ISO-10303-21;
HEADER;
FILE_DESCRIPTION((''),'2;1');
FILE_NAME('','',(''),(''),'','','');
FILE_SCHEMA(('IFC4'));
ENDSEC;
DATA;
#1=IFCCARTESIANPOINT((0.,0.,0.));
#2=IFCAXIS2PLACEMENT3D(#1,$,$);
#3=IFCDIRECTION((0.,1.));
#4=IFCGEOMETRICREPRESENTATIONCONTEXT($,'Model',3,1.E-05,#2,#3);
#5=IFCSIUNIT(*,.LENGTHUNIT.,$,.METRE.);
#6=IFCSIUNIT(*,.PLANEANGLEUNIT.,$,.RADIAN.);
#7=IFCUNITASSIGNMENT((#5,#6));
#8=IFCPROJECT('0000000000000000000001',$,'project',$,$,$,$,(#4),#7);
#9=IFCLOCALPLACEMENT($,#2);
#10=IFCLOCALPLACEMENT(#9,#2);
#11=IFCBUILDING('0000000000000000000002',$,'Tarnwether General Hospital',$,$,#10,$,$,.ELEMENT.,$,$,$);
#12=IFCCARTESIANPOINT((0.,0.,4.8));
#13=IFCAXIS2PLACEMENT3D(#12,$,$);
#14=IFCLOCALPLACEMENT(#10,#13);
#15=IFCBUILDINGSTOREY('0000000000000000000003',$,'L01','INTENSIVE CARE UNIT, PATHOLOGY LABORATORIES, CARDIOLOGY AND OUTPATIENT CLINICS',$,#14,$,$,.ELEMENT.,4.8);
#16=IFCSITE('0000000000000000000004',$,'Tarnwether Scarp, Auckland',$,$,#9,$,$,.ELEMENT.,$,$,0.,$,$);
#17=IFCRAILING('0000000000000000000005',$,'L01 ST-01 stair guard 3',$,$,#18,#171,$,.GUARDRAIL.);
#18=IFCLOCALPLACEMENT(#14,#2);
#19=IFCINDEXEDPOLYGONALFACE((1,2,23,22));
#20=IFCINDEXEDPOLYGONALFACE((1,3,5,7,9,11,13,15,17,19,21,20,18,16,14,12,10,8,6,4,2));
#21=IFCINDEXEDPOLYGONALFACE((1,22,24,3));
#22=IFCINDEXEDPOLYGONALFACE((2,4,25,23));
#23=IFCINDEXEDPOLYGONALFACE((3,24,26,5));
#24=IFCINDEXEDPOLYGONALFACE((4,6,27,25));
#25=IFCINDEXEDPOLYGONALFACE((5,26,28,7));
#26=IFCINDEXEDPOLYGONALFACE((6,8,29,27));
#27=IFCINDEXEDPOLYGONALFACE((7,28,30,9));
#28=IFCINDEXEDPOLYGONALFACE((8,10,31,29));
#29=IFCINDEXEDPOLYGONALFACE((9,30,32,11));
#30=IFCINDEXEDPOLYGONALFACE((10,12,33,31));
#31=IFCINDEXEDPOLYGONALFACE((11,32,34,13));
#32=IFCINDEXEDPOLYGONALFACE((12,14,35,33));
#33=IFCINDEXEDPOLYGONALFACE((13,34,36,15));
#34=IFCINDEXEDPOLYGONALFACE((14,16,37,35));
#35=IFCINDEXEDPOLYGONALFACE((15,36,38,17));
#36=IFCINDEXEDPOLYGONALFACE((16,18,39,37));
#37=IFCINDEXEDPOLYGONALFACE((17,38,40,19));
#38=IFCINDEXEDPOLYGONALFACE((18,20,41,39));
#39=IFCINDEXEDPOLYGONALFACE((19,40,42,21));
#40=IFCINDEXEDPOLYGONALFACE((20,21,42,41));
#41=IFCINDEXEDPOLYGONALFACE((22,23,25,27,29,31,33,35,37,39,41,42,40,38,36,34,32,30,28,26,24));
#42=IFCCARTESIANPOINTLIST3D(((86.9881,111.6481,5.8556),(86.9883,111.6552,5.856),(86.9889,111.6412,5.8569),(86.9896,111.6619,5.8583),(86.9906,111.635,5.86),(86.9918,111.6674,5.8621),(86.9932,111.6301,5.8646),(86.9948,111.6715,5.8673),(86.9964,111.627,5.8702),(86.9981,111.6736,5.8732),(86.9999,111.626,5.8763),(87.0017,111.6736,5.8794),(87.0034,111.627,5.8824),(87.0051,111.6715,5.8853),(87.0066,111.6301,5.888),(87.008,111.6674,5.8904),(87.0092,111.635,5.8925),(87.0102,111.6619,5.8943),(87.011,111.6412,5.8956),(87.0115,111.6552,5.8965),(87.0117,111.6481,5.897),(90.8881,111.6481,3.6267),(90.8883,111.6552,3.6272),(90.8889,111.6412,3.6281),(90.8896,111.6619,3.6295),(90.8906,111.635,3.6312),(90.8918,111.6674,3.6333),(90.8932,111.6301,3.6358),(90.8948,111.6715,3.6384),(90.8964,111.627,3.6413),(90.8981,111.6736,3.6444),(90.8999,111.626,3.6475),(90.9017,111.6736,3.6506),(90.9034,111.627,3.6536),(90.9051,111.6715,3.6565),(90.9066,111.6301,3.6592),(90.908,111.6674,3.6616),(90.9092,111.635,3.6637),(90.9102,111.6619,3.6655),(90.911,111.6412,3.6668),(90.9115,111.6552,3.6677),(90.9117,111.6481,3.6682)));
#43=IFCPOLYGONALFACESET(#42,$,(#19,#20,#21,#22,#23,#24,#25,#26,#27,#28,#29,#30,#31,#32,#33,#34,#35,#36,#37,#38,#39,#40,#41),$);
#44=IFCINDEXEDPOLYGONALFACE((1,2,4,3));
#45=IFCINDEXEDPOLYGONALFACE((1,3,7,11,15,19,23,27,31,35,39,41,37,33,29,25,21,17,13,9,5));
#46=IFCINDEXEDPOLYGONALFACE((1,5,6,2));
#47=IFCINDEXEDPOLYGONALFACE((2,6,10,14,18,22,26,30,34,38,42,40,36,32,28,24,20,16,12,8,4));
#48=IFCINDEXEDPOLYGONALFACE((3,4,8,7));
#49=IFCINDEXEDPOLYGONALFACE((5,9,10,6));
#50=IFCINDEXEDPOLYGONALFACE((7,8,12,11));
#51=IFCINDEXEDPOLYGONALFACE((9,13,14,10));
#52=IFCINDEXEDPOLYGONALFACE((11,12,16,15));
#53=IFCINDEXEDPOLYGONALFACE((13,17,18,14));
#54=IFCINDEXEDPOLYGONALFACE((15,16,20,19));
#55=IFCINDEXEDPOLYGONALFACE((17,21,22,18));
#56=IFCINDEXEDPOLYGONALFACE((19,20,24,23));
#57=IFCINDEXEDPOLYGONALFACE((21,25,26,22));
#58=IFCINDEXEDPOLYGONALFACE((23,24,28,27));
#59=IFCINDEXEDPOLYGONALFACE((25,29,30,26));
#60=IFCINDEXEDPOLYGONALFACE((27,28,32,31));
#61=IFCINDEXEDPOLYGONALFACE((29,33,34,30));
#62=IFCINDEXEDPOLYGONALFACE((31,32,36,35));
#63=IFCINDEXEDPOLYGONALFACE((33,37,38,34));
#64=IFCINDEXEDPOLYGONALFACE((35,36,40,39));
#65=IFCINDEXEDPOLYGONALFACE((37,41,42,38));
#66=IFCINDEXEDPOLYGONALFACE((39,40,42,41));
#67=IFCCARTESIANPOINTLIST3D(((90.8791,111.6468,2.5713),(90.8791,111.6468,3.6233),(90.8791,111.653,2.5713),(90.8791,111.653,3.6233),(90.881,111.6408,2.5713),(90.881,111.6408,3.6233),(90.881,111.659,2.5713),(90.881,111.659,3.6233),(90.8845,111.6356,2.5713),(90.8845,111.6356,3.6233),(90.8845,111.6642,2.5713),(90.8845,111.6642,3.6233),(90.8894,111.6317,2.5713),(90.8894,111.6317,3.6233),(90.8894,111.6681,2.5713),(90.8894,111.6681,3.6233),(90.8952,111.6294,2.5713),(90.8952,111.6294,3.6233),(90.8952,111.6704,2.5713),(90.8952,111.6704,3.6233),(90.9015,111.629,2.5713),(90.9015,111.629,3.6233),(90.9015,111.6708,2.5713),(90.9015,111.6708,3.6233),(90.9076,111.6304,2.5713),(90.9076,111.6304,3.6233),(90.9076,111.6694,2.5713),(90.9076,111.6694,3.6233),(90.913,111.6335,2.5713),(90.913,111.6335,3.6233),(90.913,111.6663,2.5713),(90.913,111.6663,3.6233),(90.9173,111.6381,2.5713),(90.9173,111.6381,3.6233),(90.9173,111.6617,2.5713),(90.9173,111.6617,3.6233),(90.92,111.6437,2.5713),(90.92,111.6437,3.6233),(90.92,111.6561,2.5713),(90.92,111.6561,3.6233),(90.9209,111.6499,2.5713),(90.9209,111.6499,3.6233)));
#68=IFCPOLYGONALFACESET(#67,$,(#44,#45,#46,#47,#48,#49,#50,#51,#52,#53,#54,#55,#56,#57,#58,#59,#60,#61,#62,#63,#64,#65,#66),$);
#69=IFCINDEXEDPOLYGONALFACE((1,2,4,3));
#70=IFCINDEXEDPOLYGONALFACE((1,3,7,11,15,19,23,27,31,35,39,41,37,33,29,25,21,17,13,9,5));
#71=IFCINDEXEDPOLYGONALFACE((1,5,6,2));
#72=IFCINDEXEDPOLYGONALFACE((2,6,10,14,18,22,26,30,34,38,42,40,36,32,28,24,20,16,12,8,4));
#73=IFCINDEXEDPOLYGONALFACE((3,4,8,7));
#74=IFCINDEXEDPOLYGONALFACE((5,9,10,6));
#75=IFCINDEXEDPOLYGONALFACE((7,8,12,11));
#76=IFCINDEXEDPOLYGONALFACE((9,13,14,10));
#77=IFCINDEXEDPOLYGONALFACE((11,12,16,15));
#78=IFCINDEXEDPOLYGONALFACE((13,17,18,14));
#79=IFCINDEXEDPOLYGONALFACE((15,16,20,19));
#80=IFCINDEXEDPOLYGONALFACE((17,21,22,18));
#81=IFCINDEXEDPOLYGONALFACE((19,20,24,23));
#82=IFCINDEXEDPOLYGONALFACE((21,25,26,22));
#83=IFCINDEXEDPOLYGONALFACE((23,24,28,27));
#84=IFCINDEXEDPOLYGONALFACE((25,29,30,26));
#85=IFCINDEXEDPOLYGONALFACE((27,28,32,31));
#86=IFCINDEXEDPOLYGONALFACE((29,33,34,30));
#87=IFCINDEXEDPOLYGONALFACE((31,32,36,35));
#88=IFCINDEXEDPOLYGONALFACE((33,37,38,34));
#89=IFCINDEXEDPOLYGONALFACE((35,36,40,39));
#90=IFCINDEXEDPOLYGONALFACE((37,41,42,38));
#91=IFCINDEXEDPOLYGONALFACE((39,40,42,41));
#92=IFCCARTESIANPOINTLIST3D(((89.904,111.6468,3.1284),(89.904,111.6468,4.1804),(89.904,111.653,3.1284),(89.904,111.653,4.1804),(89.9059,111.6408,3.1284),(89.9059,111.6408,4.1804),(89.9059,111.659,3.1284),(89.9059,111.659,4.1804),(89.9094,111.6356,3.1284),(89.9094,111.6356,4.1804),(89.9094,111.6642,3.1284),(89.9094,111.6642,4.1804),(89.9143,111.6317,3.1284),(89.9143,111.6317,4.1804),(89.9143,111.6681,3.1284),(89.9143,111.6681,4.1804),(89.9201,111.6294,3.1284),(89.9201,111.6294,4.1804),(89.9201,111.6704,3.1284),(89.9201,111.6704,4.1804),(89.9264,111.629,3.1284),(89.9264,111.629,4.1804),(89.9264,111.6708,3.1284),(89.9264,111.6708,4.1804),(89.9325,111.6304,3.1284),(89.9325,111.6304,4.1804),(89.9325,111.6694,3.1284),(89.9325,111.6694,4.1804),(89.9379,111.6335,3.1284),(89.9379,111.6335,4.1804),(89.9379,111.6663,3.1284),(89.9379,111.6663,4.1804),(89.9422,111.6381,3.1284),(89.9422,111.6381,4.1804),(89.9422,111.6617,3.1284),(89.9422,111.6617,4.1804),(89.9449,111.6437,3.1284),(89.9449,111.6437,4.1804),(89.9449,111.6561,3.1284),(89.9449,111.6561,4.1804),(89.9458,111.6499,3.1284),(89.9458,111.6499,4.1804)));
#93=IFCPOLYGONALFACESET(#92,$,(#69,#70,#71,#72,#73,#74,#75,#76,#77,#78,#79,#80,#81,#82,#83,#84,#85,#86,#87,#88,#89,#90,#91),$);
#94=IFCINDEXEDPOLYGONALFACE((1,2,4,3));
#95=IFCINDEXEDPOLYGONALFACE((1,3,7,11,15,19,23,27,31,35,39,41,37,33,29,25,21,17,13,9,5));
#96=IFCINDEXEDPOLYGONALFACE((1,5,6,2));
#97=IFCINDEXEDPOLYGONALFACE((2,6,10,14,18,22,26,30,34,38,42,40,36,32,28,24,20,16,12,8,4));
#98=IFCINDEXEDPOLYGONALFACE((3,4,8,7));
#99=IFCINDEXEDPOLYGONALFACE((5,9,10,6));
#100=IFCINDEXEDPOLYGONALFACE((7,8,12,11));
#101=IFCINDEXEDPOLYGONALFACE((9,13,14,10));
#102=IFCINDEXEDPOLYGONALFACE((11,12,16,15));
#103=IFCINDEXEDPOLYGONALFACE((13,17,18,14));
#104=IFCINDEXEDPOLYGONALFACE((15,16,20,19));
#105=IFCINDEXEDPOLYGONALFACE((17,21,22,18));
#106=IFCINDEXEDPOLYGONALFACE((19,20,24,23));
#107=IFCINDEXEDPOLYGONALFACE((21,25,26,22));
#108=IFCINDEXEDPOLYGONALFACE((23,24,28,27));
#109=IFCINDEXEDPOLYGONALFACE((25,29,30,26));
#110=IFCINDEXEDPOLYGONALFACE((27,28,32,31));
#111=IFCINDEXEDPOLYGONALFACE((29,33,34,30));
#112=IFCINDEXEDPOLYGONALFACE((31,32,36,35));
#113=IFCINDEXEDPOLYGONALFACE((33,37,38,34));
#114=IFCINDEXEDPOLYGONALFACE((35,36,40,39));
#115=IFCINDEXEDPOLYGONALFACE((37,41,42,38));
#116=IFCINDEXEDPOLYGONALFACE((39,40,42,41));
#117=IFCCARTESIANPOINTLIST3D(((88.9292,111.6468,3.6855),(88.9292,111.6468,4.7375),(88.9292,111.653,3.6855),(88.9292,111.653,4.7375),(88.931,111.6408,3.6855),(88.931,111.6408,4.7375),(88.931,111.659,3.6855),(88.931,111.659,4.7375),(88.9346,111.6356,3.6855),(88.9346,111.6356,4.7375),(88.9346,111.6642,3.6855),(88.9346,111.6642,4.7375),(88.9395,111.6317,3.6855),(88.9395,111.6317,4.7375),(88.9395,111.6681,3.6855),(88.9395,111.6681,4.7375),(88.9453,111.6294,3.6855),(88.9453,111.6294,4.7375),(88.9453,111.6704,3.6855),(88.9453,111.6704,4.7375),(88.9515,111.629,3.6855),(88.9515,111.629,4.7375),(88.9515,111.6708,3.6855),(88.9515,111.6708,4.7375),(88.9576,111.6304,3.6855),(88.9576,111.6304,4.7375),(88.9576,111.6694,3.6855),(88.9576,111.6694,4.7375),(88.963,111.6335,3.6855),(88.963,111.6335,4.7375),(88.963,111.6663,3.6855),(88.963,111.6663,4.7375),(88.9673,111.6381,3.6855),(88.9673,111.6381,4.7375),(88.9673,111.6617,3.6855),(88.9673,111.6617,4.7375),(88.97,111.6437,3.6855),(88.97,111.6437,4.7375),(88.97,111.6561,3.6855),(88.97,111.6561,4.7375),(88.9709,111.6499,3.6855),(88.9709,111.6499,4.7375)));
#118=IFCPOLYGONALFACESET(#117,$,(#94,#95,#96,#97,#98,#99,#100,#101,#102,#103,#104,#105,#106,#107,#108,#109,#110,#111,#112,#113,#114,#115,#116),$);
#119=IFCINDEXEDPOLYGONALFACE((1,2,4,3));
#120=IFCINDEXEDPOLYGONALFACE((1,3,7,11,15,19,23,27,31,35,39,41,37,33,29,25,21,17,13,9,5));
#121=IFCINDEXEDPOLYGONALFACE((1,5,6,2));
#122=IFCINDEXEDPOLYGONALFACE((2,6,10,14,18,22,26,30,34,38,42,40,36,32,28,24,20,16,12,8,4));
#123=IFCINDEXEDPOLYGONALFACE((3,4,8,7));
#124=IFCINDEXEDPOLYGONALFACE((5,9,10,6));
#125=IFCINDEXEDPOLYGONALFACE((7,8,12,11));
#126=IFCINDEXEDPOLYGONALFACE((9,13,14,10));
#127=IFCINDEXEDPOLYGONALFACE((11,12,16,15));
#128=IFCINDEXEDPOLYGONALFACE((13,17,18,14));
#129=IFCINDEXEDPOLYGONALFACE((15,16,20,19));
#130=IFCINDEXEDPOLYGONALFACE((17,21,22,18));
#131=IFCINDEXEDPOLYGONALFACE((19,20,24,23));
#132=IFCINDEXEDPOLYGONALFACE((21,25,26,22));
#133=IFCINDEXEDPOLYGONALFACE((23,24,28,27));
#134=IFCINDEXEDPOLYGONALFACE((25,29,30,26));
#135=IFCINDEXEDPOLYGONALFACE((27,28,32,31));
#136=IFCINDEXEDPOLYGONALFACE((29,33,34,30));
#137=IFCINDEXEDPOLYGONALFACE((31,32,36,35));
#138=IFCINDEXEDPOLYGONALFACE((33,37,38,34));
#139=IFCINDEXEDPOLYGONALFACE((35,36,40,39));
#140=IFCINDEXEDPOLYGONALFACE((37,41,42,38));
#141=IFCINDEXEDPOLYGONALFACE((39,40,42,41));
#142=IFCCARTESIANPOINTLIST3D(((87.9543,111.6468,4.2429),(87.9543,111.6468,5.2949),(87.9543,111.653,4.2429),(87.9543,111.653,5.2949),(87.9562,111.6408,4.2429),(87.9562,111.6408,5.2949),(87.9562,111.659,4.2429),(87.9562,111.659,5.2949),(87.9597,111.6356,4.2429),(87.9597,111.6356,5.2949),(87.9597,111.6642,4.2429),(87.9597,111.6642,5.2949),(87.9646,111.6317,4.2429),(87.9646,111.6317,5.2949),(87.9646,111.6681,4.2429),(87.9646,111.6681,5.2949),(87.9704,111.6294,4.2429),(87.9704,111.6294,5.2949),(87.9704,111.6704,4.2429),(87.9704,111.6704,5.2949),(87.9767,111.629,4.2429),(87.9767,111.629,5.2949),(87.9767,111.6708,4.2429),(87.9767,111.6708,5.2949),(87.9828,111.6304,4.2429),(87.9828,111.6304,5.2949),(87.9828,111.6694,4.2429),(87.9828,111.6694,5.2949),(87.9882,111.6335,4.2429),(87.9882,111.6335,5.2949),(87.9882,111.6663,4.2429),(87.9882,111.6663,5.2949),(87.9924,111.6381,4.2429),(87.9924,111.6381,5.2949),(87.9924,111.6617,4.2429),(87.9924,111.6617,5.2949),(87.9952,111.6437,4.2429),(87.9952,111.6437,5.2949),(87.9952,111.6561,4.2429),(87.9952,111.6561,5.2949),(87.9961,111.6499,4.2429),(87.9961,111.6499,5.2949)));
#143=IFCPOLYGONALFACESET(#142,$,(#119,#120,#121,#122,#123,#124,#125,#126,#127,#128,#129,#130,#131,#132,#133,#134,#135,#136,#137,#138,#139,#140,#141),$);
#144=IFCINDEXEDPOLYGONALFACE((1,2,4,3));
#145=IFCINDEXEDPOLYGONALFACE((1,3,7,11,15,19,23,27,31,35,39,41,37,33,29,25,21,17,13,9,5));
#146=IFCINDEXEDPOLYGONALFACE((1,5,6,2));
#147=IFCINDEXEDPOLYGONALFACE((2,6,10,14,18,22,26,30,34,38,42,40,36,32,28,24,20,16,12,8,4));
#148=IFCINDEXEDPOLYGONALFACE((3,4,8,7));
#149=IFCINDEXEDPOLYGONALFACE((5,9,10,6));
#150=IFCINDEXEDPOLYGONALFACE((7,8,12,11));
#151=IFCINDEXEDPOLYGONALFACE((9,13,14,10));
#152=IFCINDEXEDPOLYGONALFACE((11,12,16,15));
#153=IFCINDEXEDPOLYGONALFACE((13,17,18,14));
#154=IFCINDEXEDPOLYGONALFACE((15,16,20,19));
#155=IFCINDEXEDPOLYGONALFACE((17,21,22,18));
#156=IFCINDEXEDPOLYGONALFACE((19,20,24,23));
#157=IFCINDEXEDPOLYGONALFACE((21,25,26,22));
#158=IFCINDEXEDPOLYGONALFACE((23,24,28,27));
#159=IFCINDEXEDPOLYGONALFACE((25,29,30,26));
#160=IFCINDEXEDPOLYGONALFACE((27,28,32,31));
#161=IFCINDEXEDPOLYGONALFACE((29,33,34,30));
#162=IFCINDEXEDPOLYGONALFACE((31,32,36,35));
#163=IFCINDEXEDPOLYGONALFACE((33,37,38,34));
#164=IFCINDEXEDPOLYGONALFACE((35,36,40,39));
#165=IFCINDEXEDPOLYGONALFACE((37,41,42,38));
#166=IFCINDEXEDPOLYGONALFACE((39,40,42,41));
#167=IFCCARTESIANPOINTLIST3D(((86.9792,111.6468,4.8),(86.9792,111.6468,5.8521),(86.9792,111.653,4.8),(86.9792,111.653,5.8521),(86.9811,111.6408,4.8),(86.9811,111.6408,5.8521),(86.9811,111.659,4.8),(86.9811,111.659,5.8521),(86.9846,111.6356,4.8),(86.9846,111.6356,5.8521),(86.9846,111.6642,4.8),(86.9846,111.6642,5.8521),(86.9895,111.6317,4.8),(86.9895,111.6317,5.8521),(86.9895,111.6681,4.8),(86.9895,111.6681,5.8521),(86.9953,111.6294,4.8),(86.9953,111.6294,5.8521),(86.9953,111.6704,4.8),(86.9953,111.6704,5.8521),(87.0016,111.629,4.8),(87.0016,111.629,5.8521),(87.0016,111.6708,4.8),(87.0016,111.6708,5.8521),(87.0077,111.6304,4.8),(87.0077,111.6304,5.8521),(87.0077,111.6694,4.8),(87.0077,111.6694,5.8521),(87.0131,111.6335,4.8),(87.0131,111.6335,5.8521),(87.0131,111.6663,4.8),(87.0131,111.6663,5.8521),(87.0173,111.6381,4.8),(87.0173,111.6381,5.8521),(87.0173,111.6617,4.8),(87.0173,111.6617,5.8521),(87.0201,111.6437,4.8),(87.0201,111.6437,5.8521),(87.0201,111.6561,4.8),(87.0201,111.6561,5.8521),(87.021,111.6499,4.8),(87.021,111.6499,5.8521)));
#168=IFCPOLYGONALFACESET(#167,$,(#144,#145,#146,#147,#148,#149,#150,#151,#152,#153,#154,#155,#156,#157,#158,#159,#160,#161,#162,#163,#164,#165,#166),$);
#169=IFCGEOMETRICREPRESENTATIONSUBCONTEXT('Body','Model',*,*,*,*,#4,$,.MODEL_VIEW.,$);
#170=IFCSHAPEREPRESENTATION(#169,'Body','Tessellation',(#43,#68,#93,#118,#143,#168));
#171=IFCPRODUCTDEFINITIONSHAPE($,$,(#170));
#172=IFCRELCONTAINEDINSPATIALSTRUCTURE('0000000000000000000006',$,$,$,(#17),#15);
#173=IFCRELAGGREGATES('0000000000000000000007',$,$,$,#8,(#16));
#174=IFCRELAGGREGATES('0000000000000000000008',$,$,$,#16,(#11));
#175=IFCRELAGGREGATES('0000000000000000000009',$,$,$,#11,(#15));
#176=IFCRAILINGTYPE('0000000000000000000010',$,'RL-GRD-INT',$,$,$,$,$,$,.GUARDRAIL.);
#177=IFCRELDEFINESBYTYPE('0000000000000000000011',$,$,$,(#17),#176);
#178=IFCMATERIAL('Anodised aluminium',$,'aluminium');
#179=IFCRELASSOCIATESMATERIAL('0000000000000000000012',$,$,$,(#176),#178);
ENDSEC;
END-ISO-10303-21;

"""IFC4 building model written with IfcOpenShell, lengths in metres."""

from ifc_helpers import new_model, si_unit, direction, frame, origin, origin_2d, place, context, subcontext, project, spatial, circle, extrude, material, type_object, element, save


model = new_model("IFC4")

# Units and contexts
model_context = context("Model", 3, precision=1e-05, world=origin(), true_north=direction((0.0, 1.0)))
body_context = subcontext(model_context, "Body", "Model", "MODEL_VIEW")
ifc_project = project(units=[si_unit("LENGTHUNIT", "METRE"), si_unit("PLANEANGLEUNIT", "RADIAN")], contexts=[model_context])

# Site, building, storey
site_placement = place(None, origin())
site = spatial("IfcSite", under=ifc_project, at=site_placement, Name="Tarnwether Scarp, Auckland", CompositionType="ELEMENT", RefElevation=0.0)
building_placement = place(site_placement, origin())
building = spatial("IfcBuilding", under=site, at=building_placement, Name="Tarnwether General Hospital", CompositionType="ELEMENT")
storey_placement = place(building_placement, frame((0.0, 0.0, 4.8)))
storey = spatial("IfcBuildingStorey", under=building, at=storey_placement, Name="L01", Description="INTENSIVE CARE UNIT, PATHOLOGY LABORATORIES, CARDIOLOGY AND OUTPATIENT CLINICS", CompositionType="ELEMENT", Elevation=4.8)

# Railing
ifc_material_1 = material(Name="Anodised aluminium", Category="aluminium")
railing_type_1 = type_object("IfcRailingType", Name="RL-GRD-INT", PredefinedType="GUARDRAIL", material=ifc_material_1)
railing_1_placement = place(storey_placement, frame((90.8999, 111.6499, 2.5713)))
element("IfcRailing", 1, at=railing_1_placement, inside=storey, type_object=railing_type_1, Name="L01 ST-01 stair guard 3", PredefinedType="GUARDRAIL", context=body_context, shape_type="SweptSolid", body=[
    extrude(circle(Radius=0.0239, at=origin_2d()), frame((0.0, 0.0, 1.0762), z_axis=(-0.86822, 0.0, 0.49618), x_axis=(0.0, -1.0, 0.0)), (0.0, 0.0, 1.0), 4.4919),
    extrude(circle(Radius=0.021, at=origin_2d()), origin(), (0.0, 0.0, 1.0), 1.052),
    extrude(circle(Radius=0.021, at=origin_2d()), frame((-0.9751, 0.0, 0.5571)), (0.0, 0.0, 1.0), 1.052),
    extrude(circle(Radius=0.021, at=origin_2d()), frame((-1.95, 0.0, 1.1143)), (0.0, 0.0, 1.0), 1.052),
    extrude(circle(Radius=0.021, at=origin_2d()), frame((-2.9248, 0.0, 1.6716)), (0.0, 0.0, 1.0), 1.052),
    extrude(circle(Radius=0.021, at=origin_2d()), frame((-3.8999, 0.0, 2.2288)), (0.0, 0.0, 1.0), 1.052),
])

save(model, "model.ifc")
